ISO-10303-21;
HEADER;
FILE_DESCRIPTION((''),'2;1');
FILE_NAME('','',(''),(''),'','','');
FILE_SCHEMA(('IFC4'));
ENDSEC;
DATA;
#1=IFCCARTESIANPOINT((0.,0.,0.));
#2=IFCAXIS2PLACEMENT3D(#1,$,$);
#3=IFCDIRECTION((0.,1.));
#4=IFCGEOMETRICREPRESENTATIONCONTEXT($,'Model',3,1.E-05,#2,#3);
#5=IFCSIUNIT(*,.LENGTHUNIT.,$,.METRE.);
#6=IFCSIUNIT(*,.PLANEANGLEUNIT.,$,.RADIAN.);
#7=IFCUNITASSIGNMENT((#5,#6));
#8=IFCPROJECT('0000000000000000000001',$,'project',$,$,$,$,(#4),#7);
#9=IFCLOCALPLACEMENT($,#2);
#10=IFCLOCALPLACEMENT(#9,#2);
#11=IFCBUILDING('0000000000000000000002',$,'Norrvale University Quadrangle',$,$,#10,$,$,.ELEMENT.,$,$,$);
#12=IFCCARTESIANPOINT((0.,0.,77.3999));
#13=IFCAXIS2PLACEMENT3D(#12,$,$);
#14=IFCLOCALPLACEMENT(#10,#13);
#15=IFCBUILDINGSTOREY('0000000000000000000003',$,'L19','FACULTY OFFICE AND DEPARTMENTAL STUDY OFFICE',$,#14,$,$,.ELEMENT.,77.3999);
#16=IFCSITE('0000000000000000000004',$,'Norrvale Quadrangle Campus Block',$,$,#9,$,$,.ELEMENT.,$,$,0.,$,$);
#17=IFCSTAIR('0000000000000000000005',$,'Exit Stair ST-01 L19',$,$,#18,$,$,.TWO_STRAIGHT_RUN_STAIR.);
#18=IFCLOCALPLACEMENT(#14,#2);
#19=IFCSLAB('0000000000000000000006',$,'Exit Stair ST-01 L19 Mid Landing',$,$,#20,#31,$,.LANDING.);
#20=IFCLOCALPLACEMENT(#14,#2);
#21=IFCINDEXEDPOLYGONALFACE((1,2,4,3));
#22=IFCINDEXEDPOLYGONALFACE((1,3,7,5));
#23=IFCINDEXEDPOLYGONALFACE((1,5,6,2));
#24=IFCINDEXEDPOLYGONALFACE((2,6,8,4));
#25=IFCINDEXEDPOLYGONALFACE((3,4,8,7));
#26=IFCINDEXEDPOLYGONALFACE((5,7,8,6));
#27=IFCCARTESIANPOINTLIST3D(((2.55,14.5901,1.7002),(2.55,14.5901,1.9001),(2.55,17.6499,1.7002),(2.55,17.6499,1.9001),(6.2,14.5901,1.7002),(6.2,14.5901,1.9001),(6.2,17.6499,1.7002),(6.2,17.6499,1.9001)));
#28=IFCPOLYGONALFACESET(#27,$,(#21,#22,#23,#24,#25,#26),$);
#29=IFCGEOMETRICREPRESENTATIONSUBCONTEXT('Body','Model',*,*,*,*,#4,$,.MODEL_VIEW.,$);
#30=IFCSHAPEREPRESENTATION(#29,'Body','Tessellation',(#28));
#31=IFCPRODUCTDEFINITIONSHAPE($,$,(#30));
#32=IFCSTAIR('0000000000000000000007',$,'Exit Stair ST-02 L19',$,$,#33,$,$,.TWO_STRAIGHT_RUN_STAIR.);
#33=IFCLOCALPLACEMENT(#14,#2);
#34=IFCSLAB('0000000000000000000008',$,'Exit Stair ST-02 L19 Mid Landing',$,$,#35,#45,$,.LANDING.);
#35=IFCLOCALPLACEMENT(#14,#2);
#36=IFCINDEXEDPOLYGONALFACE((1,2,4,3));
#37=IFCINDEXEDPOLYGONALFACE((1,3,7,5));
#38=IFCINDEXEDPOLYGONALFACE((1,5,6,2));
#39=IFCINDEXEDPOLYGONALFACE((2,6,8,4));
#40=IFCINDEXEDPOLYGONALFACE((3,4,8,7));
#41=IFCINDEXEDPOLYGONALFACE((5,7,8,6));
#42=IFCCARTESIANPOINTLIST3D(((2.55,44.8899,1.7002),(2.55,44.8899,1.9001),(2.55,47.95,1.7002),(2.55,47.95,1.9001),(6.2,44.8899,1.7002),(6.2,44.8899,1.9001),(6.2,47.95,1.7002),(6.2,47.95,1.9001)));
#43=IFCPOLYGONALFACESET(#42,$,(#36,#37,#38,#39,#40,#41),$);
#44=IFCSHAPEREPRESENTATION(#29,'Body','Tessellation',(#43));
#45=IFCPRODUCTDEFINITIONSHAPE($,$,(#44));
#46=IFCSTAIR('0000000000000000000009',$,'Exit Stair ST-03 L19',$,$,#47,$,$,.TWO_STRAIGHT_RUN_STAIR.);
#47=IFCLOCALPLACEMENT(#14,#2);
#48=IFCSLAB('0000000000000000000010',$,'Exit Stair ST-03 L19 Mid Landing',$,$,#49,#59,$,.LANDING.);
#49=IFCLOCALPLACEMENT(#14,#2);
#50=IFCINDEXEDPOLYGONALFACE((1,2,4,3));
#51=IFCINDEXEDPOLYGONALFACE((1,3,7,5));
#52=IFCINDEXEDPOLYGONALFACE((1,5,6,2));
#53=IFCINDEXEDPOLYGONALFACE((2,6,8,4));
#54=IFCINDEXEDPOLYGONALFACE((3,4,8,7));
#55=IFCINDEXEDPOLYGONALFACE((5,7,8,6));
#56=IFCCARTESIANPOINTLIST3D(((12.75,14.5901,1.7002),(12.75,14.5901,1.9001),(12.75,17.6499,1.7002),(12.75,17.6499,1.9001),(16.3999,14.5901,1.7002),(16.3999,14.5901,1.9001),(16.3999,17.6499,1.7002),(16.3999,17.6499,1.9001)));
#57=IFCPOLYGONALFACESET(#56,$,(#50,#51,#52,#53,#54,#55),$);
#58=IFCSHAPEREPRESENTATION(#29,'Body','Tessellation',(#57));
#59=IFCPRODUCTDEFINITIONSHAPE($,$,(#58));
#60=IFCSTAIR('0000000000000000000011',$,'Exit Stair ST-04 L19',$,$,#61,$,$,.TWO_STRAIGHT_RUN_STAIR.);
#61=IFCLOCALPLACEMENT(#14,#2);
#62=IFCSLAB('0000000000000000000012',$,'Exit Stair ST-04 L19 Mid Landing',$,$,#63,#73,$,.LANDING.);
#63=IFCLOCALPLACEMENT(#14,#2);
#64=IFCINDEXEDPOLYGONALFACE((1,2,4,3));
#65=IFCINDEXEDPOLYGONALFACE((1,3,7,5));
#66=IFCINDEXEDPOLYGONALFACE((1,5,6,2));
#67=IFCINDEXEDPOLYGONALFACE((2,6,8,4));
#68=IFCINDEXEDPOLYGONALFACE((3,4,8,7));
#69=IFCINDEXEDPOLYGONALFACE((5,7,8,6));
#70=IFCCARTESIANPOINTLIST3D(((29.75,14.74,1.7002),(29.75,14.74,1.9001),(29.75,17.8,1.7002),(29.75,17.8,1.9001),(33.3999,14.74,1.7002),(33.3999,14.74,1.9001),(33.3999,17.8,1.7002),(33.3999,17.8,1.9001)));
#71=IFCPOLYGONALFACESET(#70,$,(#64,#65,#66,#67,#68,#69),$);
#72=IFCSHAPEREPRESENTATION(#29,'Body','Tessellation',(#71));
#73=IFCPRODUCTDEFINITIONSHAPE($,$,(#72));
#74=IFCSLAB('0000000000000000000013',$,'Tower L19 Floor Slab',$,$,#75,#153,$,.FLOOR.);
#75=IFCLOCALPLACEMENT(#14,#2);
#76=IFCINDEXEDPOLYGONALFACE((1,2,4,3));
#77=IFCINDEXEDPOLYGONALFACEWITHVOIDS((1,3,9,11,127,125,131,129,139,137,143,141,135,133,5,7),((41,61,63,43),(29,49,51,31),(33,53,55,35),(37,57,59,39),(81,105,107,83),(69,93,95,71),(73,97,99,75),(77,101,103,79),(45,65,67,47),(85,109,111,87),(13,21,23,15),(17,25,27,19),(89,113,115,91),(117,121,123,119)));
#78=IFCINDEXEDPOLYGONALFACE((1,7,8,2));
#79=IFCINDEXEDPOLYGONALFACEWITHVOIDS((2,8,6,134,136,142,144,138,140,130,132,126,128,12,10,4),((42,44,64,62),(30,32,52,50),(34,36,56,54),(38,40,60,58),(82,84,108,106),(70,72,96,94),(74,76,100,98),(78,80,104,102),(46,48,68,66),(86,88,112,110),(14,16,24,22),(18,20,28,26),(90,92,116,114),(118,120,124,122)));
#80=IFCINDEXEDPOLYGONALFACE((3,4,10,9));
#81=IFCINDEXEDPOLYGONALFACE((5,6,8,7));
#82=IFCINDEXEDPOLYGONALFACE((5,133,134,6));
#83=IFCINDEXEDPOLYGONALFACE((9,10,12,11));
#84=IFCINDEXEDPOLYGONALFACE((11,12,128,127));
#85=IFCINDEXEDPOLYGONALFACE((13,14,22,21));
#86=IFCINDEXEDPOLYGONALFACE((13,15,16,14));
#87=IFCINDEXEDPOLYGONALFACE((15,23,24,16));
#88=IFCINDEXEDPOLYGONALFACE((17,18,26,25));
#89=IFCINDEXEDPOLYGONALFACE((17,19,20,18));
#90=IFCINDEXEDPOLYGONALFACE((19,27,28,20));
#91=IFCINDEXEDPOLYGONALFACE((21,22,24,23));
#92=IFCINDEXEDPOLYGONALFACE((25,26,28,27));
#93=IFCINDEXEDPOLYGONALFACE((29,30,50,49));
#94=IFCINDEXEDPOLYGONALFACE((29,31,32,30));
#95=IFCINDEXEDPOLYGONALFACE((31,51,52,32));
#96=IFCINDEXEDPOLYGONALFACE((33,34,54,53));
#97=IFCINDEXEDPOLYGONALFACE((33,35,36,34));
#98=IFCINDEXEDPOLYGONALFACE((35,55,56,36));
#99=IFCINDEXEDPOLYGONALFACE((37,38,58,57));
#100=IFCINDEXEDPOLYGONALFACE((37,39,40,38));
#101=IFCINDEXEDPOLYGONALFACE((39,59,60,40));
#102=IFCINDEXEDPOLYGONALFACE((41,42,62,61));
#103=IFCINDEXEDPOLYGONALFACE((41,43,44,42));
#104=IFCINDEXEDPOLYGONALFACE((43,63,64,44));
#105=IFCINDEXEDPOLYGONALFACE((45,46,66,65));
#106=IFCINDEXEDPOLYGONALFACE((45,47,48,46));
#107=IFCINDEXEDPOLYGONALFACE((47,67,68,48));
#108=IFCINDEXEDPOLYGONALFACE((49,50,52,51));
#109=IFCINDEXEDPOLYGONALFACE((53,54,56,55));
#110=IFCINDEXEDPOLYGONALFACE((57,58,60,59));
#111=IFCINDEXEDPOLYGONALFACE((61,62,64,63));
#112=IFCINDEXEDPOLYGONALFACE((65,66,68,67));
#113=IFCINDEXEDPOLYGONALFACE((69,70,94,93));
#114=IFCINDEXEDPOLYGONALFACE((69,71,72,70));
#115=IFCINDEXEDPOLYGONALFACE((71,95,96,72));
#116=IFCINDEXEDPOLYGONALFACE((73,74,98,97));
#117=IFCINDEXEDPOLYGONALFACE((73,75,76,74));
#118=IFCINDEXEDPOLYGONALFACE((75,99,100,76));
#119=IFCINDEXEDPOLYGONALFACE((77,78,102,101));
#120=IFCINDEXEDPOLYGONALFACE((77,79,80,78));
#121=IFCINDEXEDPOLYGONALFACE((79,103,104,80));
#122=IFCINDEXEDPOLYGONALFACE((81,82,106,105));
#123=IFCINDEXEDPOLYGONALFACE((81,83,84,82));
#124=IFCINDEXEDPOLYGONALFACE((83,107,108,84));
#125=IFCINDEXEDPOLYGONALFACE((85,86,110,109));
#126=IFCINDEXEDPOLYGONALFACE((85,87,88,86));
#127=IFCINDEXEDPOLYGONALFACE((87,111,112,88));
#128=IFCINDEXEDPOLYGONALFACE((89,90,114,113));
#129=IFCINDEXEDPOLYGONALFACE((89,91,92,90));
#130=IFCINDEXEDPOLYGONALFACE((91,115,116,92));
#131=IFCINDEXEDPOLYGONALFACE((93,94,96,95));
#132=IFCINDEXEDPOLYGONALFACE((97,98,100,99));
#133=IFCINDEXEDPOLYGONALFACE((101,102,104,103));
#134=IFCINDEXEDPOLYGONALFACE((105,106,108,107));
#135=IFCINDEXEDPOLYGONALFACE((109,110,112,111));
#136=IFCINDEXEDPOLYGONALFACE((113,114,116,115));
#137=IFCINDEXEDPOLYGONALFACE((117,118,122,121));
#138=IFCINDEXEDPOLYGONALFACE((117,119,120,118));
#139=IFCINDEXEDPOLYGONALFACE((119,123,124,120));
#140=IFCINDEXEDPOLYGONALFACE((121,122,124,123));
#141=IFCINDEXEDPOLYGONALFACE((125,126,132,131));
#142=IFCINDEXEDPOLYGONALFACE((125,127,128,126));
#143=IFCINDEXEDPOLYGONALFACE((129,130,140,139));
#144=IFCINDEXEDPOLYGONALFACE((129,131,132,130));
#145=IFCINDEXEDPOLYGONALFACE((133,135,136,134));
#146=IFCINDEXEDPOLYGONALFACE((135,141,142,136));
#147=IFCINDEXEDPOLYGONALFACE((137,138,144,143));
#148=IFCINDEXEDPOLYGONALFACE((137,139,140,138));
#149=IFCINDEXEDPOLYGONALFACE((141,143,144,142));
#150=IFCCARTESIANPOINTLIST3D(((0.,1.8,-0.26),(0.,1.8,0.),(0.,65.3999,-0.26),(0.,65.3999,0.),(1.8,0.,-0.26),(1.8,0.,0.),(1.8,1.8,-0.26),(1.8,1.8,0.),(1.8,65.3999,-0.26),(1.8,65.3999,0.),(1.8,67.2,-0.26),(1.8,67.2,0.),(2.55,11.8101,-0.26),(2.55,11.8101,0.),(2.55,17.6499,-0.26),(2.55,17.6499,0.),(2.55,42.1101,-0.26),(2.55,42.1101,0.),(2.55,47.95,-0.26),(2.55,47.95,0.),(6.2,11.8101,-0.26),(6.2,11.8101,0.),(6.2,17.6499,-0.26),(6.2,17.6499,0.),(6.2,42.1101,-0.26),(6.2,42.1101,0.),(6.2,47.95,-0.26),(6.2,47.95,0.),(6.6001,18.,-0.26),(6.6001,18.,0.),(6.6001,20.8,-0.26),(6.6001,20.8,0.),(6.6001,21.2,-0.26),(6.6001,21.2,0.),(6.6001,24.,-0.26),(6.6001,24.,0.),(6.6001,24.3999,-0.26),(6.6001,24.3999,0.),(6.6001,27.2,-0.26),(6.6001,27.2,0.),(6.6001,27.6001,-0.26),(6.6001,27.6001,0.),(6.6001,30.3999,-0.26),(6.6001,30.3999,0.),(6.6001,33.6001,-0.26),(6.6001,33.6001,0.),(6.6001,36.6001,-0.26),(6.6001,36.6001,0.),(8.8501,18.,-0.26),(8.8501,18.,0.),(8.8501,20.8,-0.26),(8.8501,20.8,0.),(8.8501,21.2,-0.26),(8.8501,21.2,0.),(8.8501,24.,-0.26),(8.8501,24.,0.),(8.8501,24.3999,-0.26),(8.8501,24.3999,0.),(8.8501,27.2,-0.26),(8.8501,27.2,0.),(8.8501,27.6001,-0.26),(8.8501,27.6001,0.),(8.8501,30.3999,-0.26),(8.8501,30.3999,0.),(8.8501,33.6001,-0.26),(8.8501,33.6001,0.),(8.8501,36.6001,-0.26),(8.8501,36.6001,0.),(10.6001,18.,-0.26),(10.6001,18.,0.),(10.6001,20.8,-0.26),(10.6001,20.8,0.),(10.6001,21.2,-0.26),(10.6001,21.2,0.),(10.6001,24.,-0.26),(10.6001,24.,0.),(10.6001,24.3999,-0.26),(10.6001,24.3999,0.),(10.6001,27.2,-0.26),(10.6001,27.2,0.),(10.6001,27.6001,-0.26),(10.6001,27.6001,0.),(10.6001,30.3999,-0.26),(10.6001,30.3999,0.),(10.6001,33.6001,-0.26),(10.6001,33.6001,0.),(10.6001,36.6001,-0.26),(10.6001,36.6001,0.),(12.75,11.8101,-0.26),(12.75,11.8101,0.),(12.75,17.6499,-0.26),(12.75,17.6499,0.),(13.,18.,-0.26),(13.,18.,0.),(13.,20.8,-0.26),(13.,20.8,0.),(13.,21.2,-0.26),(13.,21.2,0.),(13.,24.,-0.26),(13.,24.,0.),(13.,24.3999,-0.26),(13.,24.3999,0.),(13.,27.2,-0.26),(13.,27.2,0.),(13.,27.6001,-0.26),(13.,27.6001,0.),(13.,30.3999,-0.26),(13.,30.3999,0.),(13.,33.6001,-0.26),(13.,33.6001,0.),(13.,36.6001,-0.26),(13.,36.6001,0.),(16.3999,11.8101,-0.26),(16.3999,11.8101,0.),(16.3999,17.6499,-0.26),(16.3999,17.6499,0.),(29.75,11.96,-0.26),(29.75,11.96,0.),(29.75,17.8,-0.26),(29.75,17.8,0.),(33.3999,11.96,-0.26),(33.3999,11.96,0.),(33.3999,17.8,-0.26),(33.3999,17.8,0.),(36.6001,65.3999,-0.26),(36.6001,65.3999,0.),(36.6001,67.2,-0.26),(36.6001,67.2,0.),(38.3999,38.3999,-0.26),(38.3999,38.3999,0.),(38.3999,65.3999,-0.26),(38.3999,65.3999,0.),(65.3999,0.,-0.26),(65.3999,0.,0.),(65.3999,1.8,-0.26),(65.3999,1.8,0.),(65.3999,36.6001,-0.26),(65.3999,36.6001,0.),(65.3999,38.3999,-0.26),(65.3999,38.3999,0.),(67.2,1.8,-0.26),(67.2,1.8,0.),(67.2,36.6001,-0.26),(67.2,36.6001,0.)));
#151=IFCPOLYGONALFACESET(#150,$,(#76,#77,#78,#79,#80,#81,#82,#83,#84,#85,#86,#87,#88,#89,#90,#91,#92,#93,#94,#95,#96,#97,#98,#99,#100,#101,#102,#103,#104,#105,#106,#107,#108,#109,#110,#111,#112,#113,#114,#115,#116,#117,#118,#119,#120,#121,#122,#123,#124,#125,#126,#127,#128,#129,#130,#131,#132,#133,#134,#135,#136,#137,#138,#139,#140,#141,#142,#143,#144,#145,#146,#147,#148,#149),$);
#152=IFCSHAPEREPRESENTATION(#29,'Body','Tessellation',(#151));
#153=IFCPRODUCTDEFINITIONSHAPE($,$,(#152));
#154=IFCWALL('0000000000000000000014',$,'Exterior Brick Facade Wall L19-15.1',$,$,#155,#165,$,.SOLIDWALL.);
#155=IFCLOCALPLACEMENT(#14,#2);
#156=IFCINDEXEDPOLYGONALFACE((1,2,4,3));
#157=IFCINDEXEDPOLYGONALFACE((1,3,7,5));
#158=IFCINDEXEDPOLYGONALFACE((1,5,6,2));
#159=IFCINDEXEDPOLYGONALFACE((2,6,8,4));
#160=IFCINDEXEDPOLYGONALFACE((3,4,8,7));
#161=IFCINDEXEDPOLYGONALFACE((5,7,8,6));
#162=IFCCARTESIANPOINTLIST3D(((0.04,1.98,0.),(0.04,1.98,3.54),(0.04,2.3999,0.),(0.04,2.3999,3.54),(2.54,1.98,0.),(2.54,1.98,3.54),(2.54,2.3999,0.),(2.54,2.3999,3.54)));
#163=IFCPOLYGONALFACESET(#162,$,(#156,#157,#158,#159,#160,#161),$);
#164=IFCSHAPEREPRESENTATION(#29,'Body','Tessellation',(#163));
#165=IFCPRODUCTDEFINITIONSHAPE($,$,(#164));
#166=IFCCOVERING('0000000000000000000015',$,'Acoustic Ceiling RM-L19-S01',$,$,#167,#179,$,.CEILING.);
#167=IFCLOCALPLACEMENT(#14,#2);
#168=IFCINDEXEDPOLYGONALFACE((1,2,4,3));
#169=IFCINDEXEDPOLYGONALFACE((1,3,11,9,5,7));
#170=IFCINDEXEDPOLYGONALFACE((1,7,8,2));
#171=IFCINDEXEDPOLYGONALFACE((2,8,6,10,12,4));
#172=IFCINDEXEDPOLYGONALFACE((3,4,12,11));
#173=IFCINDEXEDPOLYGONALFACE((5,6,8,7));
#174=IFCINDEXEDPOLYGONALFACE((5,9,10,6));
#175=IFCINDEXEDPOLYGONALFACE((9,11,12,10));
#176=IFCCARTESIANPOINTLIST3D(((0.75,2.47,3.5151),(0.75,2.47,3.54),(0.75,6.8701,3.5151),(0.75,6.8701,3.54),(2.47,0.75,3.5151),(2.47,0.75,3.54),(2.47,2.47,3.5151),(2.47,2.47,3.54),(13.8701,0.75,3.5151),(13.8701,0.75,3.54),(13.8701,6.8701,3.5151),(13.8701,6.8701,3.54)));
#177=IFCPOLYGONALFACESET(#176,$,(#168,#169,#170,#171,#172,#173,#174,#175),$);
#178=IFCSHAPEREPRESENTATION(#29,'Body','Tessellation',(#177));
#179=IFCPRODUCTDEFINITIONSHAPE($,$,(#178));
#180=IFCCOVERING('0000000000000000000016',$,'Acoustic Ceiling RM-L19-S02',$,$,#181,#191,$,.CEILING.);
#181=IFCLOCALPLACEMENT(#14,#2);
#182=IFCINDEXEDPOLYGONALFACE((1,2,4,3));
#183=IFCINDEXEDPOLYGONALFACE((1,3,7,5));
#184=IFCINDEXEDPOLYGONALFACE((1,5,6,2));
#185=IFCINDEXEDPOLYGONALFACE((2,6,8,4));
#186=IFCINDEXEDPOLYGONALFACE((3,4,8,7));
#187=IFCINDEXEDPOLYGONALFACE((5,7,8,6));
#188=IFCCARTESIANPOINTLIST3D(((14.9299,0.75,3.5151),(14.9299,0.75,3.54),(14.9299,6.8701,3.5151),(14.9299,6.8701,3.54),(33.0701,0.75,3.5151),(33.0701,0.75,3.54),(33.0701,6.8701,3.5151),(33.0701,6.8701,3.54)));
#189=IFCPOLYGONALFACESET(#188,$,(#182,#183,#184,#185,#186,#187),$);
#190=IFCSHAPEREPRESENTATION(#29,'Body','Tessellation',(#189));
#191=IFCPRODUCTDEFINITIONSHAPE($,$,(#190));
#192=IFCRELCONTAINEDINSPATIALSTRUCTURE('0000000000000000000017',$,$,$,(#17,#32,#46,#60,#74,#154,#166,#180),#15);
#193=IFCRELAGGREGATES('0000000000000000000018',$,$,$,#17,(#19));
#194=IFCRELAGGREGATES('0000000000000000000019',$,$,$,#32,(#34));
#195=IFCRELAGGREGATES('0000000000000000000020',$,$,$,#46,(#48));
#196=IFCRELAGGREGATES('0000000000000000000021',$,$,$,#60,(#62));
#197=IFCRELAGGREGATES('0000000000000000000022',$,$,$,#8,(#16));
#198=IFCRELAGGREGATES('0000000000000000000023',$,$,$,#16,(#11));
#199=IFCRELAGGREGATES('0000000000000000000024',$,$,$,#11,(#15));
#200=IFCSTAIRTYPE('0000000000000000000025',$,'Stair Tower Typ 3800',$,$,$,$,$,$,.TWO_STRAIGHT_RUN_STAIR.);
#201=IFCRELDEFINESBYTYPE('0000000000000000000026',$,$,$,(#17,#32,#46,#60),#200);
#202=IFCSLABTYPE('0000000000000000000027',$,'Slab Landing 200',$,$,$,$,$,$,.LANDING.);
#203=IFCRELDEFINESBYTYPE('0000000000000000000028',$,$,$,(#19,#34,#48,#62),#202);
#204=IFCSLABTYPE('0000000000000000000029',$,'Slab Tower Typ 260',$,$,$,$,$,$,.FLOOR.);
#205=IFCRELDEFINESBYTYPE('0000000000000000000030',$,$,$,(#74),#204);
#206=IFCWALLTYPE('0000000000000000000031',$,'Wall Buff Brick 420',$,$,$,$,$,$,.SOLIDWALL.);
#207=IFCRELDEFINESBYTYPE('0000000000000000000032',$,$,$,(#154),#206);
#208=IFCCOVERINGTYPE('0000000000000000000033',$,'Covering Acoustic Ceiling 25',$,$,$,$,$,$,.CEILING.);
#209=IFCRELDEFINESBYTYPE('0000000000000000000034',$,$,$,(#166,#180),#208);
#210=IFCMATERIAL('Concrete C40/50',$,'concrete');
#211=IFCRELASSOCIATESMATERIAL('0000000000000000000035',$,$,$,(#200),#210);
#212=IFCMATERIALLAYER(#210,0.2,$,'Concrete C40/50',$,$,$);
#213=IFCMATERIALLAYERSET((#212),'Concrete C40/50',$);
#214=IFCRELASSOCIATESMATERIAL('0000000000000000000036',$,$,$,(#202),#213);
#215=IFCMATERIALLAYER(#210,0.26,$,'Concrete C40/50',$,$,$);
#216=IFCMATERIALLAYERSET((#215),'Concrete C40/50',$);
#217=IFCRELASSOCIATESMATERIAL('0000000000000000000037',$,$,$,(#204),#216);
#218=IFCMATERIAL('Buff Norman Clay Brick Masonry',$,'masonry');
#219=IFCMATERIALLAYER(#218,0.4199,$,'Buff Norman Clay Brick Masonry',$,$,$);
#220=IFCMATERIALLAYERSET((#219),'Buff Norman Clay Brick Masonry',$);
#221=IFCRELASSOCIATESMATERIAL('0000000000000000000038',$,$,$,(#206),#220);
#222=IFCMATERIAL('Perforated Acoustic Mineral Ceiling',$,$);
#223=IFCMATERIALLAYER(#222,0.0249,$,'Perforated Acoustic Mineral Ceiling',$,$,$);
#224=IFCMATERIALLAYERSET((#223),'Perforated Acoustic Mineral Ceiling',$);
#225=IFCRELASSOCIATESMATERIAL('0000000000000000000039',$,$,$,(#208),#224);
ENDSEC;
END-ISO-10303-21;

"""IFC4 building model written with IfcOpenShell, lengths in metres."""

from ifc_helpers import new_model, si_unit, direction, frame, frame_2d, origin, place, context, subcontext, project, spatial, polyline, rectangle, outline, extrude, material, layer, layer_set, type_object, element, aggregate, save


model = new_model("IFC4")

# Units and contexts
model_context = context("Model", 3, precision=1e-05, world=origin(), true_north=direction((0.0, 1.0)))
body_context = subcontext(model_context, "Body", "Model", "MODEL_VIEW")
ifc_project = project(units=[si_unit("LENGTHUNIT", "METRE"), si_unit("PLANEANGLEUNIT", "RADIAN")], contexts=[model_context])

# Site, building, storey
site_placement = place(None, origin())
site = spatial("IfcSite", under=ifc_project, at=site_placement, Name="Norrvale Quadrangle Campus Block", CompositionType="ELEMENT", RefElevation=0.0)
building_placement = place(site_placement, origin())
building = spatial("IfcBuilding", under=site, at=building_placement, Name="Norrvale University Quadrangle", CompositionType="ELEMENT")
storey_placement = place(building_placement, frame((0.0, 0.0, 77.3999)))
storey = spatial("IfcBuildingStorey", under=building, at=storey_placement, Name="L19", Description="FACULTY OFFICE AND DEPARTMENTAL STUDY OFFICE", CompositionType="ELEMENT", Elevation=77.3999)

# Stairs, slabs
ifc_material_1 = material(Name="Concrete C40/50", Category="concrete")
stair_type = type_object("IfcStairType", Name="Stair Tower Typ 3800", PredefinedType="TWO_STRAIGHT_RUN_STAIR", material=ifc_material_1)
stair_1_placement = place(storey_placement, origin())
stair_1 = element("IfcStair", 1, at=stair_1_placement, inside=storey, type_object=stair_type, Name="Exit Stair ST-01 L19", PredefinedType="TWO_STRAIGHT_RUN_STAIR")
ifc_layer_1 = layer(ifc_material_1, 0.2, Name="Concrete C40/50")
ifc_layer_set_1 = layer_set([ifc_layer_1], Name="Concrete C40/50")
slab_type_1 = type_object("IfcSlabType", Name="Slab Landing 200", PredefinedType="LANDING", material=ifc_layer_set_1)
slab_1_placement = place(storey_placement, frame((0.0, 0.0, 1.7002)))
slab_1 = element("IfcSlab", 2, at=slab_1_placement, type_object=slab_type_1, Name="Exit Stair ST-01 L19 Mid Landing", PredefinedType="LANDING", context=body_context, shape_type="SweptSolid", body=[
    extrude(outline(polyline([(2.55, 14.5901), (6.2, 14.5901), (6.2, 17.6499), (2.55, 17.6499), (2.55, 14.5901)])), origin(), (0.0, 0.0, 1.0), 0.2),
])
aggregate(stair_1, [slab_1])
stair_2_placement = place(storey_placement, origin())
stair_2 = element("IfcStair", 3, at=stair_2_placement, inside=storey, type_object=stair_type, Name="Exit Stair ST-02 L19", PredefinedType="TWO_STRAIGHT_RUN_STAIR")
slab_2_placement = place(storey_placement, frame((0.0, 0.0, 1.7002)))
slab_2 = element("IfcSlab", 4, at=slab_2_placement, type_object=slab_type_1, Name="Exit Stair ST-02 L19 Mid Landing", PredefinedType="LANDING", context=body_context, shape_type="SweptSolid", body=[
    extrude(outline(polyline([(2.55, 44.8899), (6.2, 44.8899), (6.2, 47.95), (2.55, 47.95), (2.55, 44.8899)])), origin(), (0.0, 0.0, 1.0), 0.2),
])
aggregate(stair_2, [slab_2])
stair_3_placement = place(storey_placement, origin())
stair_3 = element("IfcStair", 5, at=stair_3_placement, inside=storey, type_object=stair_type, Name="Exit Stair ST-03 L19", PredefinedType="TWO_STRAIGHT_RUN_STAIR")
slab_3_placement = place(storey_placement, frame((0.0, 0.0, 1.7002)))
slab_3 = element("IfcSlab", 6, at=slab_3_placement, type_object=slab_type_1, Name="Exit Stair ST-03 L19 Mid Landing", PredefinedType="LANDING", context=body_context, shape_type="SweptSolid", body=[
    extrude(outline(polyline([(12.75, 14.5901), (16.3999, 14.5901), (16.3999, 17.6499), (12.75, 17.6499), (12.75, 14.5901)])), origin(), (0.0, 0.0, 1.0), 0.2),
])
aggregate(stair_3, [slab_3])
stair_4_placement = place(storey_placement, origin())
stair_4 = element("IfcStair", 7, at=stair_4_placement, inside=storey, type_object=stair_type, Name="Exit Stair ST-04 L19", PredefinedType="TWO_STRAIGHT_RUN_STAIR")
slab_4_placement = place(storey_placement, frame((0.0, 0.0, 1.7002)))
slab_4 = element("IfcSlab", 8, at=slab_4_placement, type_object=slab_type_1, Name="Exit Stair ST-04 L19 Mid Landing", PredefinedType="LANDING", context=body_context, shape_type="SweptSolid", body=[
    extrude(outline(polyline([(29.75, 14.74), (33.3999, 14.74), (33.3999, 17.8), (29.75, 17.8), (29.75, 14.74)])), origin(), (0.0, 0.0, 1.0), 0.2),
])
aggregate(stair_4, [slab_4])

# Slab
ifc_layer_2 = layer(ifc_material_1, 0.26, Name="Concrete C40/50")
ifc_layer_set_2 = layer_set([ifc_layer_2], Name="Concrete C40/50")
slab_type_2 = type_object("IfcSlabType", Name="Slab Tower Typ 260", PredefinedType="FLOOR", material=ifc_layer_set_2)
slab_5_placement = place(storey_placement, frame((0.0, 0.0, -0.26)))
element("IfcSlab", 9, at=slab_5_placement, inside=storey, type_object=slab_type_2, Name="Tower L19 Floor Slab", PredefinedType="FLOOR", context=body_context, shape_type="SweptSolid", body=[
    extrude(outline(polyline([(1.8, 0.0), (65.3999, 0.0), (65.3999, 1.8), (67.2, 1.8), (67.2, 36.6001), (65.3999, 36.6001), (65.3999, 38.3999), (38.3999, 38.3999), (38.3999, 65.3999), (36.6001, 65.3999), (36.6001, 67.2), (1.8, 67.2), (1.8, 65.3999), (0.0, 65.3999), (0.0, 1.8), (1.8, 1.8), (1.8, 0.0)]), holes=[polyline([(2.55, 11.8101), (6.2, 11.8101), (6.2, 17.6499), (2.55, 17.6499), (2.55, 11.8101)]), polyline([(2.55, 42.1101), (6.2, 42.1101), (6.2, 47.95), (2.55, 47.95), (2.55, 42.1101)]), polyline([(12.75, 11.8101), (16.3999, 11.8101), (16.3999, 17.6499), (12.75, 17.6499), (12.75, 11.8101)]), polyline([(29.75, 11.96), (33.3999, 11.96), (33.3999, 17.8), (29.75, 17.8), (29.75, 11.96)]), polyline([(6.6001, 18.0), (8.8501, 18.0), (8.8501, 20.8), (6.6001, 20.8), (6.6001, 18.0)]), polyline([(6.6001, 21.2), (8.8501, 21.2), (8.8501, 24.0), (6.6001, 24.0), (6.6001, 21.2)]), polyline([(6.6001, 24.3999), (8.8501, 24.3999), (8.8501, 27.2), (6.6001, 27.2), (6.6001, 24.3999)]), polyline([(6.6001, 27.6001), (8.8501, 27.6001), (8.8501, 30.3999), (6.6001, 30.3999), (6.6001, 27.6001)]), polyline([(10.6001, 18.0), (13.0, 18.0), (13.0, 20.8), (10.6001, 20.8), (10.6001, 18.0)]), polyline([(10.6001, 21.2), (13.0, 21.2), (13.0, 24.0), (10.6001, 24.0), (10.6001, 21.2)]), polyline([(10.6001, 24.3999), (13.0, 24.3999), (13.0, 27.2), (10.6001, 27.2), (10.6001, 24.3999)]), polyline([(10.6001, 27.6001), (13.0, 27.6001), (13.0, 30.3999), (10.6001, 30.3999), (10.6001, 27.6001)]), polyline([(6.6001, 33.6001), (8.8501, 33.6001), (8.8501, 36.6001), (6.6001, 36.6001), (6.6001, 33.6001)]), polyline([(10.6001, 33.6001), (13.0, 33.6001), (13.0, 36.6001), (10.6001, 36.6001), (10.6001, 33.6001)])]), origin(), (0.0, 0.0, 1.0), 0.26),
])

# Wall
ifc_material_2 = material(Name="Buff Norman Clay Brick Masonry", Category="masonry")
ifc_layer_3 = layer(ifc_material_2, 0.4199, Name="Buff Norman Clay Brick Masonry")
ifc_layer_set_3 = layer_set([ifc_layer_3], Name="Buff Norman Clay Brick Masonry")
wall_type = type_object("IfcWallType", Name="Wall Buff Brick 420", PredefinedType="SOLIDWALL", material=ifc_layer_set_3)
wall_placement = place(storey_placement, frame((0.04, 2.1899, 0.0), z_axis=(0.0, 0.0, 1.0), x_axis=(1.0, 0.0, 0.0)))
element("IfcWall", 10, at=wall_placement, inside=storey, type_object=wall_type, Name="Exterior Brick Facade Wall L19-15.1", PredefinedType="SOLIDWALL", context=body_context, shape_type="SweptSolid", body=[
    extrude(rectangle(XDim=2.5, YDim=0.4199, at=frame_2d((1.25, 0.0))), origin(), (0.0, 0.0, 1.0), 3.54),
])

# Coverings
ifc_material_3 = material(Name="Perforated Acoustic Mineral Ceiling")
ifc_layer_4 = layer(ifc_material_3, 0.0249, Name="Perforated Acoustic Mineral Ceiling")
ifc_layer_set_4 = layer_set([ifc_layer_4], Name="Perforated Acoustic Mineral Ceiling")
covering_type_1 = type_object("IfcCoveringType", Name="Covering Acoustic Ceiling 25", PredefinedType="CEILING", material=ifc_layer_set_4)
covering_1_placement = place(storey_placement, frame((0.0, 0.0, 3.5151)))
element("IfcCovering", 11, at=covering_1_placement, inside=storey, type_object=covering_type_1, Name="Acoustic Ceiling RM-L19-S01", PredefinedType="CEILING", context=body_context, shape_type="SweptSolid", body=[
    extrude(outline(polyline([(0.75, 6.8701), (13.8701, 6.8701), (13.8701, 0.75), (2.47, 0.75), (2.47, 2.47), (0.75, 2.47), (0.75, 6.8701)])), origin(), (0.0, 0.0, 1.0), 0.0249),
])
covering_2_placement = place(storey_placement, frame((0.0, 0.0, 3.5151)))
element("IfcCovering", 12, at=covering_2_placement, inside=storey, type_object=covering_type_1, Name="Acoustic Ceiling RM-L19-S02", PredefinedType="CEILING", context=body_context, shape_type="SweptSolid", body=[
    extrude(outline(polyline([(14.9299, 6.8701), (33.0701, 6.8701), (33.0701, 0.75), (14.9299, 0.75), (14.9299, 6.8701)])), origin(), (0.0, 0.0, 1.0), 0.0249),
])

save(model, "model.ifc")
